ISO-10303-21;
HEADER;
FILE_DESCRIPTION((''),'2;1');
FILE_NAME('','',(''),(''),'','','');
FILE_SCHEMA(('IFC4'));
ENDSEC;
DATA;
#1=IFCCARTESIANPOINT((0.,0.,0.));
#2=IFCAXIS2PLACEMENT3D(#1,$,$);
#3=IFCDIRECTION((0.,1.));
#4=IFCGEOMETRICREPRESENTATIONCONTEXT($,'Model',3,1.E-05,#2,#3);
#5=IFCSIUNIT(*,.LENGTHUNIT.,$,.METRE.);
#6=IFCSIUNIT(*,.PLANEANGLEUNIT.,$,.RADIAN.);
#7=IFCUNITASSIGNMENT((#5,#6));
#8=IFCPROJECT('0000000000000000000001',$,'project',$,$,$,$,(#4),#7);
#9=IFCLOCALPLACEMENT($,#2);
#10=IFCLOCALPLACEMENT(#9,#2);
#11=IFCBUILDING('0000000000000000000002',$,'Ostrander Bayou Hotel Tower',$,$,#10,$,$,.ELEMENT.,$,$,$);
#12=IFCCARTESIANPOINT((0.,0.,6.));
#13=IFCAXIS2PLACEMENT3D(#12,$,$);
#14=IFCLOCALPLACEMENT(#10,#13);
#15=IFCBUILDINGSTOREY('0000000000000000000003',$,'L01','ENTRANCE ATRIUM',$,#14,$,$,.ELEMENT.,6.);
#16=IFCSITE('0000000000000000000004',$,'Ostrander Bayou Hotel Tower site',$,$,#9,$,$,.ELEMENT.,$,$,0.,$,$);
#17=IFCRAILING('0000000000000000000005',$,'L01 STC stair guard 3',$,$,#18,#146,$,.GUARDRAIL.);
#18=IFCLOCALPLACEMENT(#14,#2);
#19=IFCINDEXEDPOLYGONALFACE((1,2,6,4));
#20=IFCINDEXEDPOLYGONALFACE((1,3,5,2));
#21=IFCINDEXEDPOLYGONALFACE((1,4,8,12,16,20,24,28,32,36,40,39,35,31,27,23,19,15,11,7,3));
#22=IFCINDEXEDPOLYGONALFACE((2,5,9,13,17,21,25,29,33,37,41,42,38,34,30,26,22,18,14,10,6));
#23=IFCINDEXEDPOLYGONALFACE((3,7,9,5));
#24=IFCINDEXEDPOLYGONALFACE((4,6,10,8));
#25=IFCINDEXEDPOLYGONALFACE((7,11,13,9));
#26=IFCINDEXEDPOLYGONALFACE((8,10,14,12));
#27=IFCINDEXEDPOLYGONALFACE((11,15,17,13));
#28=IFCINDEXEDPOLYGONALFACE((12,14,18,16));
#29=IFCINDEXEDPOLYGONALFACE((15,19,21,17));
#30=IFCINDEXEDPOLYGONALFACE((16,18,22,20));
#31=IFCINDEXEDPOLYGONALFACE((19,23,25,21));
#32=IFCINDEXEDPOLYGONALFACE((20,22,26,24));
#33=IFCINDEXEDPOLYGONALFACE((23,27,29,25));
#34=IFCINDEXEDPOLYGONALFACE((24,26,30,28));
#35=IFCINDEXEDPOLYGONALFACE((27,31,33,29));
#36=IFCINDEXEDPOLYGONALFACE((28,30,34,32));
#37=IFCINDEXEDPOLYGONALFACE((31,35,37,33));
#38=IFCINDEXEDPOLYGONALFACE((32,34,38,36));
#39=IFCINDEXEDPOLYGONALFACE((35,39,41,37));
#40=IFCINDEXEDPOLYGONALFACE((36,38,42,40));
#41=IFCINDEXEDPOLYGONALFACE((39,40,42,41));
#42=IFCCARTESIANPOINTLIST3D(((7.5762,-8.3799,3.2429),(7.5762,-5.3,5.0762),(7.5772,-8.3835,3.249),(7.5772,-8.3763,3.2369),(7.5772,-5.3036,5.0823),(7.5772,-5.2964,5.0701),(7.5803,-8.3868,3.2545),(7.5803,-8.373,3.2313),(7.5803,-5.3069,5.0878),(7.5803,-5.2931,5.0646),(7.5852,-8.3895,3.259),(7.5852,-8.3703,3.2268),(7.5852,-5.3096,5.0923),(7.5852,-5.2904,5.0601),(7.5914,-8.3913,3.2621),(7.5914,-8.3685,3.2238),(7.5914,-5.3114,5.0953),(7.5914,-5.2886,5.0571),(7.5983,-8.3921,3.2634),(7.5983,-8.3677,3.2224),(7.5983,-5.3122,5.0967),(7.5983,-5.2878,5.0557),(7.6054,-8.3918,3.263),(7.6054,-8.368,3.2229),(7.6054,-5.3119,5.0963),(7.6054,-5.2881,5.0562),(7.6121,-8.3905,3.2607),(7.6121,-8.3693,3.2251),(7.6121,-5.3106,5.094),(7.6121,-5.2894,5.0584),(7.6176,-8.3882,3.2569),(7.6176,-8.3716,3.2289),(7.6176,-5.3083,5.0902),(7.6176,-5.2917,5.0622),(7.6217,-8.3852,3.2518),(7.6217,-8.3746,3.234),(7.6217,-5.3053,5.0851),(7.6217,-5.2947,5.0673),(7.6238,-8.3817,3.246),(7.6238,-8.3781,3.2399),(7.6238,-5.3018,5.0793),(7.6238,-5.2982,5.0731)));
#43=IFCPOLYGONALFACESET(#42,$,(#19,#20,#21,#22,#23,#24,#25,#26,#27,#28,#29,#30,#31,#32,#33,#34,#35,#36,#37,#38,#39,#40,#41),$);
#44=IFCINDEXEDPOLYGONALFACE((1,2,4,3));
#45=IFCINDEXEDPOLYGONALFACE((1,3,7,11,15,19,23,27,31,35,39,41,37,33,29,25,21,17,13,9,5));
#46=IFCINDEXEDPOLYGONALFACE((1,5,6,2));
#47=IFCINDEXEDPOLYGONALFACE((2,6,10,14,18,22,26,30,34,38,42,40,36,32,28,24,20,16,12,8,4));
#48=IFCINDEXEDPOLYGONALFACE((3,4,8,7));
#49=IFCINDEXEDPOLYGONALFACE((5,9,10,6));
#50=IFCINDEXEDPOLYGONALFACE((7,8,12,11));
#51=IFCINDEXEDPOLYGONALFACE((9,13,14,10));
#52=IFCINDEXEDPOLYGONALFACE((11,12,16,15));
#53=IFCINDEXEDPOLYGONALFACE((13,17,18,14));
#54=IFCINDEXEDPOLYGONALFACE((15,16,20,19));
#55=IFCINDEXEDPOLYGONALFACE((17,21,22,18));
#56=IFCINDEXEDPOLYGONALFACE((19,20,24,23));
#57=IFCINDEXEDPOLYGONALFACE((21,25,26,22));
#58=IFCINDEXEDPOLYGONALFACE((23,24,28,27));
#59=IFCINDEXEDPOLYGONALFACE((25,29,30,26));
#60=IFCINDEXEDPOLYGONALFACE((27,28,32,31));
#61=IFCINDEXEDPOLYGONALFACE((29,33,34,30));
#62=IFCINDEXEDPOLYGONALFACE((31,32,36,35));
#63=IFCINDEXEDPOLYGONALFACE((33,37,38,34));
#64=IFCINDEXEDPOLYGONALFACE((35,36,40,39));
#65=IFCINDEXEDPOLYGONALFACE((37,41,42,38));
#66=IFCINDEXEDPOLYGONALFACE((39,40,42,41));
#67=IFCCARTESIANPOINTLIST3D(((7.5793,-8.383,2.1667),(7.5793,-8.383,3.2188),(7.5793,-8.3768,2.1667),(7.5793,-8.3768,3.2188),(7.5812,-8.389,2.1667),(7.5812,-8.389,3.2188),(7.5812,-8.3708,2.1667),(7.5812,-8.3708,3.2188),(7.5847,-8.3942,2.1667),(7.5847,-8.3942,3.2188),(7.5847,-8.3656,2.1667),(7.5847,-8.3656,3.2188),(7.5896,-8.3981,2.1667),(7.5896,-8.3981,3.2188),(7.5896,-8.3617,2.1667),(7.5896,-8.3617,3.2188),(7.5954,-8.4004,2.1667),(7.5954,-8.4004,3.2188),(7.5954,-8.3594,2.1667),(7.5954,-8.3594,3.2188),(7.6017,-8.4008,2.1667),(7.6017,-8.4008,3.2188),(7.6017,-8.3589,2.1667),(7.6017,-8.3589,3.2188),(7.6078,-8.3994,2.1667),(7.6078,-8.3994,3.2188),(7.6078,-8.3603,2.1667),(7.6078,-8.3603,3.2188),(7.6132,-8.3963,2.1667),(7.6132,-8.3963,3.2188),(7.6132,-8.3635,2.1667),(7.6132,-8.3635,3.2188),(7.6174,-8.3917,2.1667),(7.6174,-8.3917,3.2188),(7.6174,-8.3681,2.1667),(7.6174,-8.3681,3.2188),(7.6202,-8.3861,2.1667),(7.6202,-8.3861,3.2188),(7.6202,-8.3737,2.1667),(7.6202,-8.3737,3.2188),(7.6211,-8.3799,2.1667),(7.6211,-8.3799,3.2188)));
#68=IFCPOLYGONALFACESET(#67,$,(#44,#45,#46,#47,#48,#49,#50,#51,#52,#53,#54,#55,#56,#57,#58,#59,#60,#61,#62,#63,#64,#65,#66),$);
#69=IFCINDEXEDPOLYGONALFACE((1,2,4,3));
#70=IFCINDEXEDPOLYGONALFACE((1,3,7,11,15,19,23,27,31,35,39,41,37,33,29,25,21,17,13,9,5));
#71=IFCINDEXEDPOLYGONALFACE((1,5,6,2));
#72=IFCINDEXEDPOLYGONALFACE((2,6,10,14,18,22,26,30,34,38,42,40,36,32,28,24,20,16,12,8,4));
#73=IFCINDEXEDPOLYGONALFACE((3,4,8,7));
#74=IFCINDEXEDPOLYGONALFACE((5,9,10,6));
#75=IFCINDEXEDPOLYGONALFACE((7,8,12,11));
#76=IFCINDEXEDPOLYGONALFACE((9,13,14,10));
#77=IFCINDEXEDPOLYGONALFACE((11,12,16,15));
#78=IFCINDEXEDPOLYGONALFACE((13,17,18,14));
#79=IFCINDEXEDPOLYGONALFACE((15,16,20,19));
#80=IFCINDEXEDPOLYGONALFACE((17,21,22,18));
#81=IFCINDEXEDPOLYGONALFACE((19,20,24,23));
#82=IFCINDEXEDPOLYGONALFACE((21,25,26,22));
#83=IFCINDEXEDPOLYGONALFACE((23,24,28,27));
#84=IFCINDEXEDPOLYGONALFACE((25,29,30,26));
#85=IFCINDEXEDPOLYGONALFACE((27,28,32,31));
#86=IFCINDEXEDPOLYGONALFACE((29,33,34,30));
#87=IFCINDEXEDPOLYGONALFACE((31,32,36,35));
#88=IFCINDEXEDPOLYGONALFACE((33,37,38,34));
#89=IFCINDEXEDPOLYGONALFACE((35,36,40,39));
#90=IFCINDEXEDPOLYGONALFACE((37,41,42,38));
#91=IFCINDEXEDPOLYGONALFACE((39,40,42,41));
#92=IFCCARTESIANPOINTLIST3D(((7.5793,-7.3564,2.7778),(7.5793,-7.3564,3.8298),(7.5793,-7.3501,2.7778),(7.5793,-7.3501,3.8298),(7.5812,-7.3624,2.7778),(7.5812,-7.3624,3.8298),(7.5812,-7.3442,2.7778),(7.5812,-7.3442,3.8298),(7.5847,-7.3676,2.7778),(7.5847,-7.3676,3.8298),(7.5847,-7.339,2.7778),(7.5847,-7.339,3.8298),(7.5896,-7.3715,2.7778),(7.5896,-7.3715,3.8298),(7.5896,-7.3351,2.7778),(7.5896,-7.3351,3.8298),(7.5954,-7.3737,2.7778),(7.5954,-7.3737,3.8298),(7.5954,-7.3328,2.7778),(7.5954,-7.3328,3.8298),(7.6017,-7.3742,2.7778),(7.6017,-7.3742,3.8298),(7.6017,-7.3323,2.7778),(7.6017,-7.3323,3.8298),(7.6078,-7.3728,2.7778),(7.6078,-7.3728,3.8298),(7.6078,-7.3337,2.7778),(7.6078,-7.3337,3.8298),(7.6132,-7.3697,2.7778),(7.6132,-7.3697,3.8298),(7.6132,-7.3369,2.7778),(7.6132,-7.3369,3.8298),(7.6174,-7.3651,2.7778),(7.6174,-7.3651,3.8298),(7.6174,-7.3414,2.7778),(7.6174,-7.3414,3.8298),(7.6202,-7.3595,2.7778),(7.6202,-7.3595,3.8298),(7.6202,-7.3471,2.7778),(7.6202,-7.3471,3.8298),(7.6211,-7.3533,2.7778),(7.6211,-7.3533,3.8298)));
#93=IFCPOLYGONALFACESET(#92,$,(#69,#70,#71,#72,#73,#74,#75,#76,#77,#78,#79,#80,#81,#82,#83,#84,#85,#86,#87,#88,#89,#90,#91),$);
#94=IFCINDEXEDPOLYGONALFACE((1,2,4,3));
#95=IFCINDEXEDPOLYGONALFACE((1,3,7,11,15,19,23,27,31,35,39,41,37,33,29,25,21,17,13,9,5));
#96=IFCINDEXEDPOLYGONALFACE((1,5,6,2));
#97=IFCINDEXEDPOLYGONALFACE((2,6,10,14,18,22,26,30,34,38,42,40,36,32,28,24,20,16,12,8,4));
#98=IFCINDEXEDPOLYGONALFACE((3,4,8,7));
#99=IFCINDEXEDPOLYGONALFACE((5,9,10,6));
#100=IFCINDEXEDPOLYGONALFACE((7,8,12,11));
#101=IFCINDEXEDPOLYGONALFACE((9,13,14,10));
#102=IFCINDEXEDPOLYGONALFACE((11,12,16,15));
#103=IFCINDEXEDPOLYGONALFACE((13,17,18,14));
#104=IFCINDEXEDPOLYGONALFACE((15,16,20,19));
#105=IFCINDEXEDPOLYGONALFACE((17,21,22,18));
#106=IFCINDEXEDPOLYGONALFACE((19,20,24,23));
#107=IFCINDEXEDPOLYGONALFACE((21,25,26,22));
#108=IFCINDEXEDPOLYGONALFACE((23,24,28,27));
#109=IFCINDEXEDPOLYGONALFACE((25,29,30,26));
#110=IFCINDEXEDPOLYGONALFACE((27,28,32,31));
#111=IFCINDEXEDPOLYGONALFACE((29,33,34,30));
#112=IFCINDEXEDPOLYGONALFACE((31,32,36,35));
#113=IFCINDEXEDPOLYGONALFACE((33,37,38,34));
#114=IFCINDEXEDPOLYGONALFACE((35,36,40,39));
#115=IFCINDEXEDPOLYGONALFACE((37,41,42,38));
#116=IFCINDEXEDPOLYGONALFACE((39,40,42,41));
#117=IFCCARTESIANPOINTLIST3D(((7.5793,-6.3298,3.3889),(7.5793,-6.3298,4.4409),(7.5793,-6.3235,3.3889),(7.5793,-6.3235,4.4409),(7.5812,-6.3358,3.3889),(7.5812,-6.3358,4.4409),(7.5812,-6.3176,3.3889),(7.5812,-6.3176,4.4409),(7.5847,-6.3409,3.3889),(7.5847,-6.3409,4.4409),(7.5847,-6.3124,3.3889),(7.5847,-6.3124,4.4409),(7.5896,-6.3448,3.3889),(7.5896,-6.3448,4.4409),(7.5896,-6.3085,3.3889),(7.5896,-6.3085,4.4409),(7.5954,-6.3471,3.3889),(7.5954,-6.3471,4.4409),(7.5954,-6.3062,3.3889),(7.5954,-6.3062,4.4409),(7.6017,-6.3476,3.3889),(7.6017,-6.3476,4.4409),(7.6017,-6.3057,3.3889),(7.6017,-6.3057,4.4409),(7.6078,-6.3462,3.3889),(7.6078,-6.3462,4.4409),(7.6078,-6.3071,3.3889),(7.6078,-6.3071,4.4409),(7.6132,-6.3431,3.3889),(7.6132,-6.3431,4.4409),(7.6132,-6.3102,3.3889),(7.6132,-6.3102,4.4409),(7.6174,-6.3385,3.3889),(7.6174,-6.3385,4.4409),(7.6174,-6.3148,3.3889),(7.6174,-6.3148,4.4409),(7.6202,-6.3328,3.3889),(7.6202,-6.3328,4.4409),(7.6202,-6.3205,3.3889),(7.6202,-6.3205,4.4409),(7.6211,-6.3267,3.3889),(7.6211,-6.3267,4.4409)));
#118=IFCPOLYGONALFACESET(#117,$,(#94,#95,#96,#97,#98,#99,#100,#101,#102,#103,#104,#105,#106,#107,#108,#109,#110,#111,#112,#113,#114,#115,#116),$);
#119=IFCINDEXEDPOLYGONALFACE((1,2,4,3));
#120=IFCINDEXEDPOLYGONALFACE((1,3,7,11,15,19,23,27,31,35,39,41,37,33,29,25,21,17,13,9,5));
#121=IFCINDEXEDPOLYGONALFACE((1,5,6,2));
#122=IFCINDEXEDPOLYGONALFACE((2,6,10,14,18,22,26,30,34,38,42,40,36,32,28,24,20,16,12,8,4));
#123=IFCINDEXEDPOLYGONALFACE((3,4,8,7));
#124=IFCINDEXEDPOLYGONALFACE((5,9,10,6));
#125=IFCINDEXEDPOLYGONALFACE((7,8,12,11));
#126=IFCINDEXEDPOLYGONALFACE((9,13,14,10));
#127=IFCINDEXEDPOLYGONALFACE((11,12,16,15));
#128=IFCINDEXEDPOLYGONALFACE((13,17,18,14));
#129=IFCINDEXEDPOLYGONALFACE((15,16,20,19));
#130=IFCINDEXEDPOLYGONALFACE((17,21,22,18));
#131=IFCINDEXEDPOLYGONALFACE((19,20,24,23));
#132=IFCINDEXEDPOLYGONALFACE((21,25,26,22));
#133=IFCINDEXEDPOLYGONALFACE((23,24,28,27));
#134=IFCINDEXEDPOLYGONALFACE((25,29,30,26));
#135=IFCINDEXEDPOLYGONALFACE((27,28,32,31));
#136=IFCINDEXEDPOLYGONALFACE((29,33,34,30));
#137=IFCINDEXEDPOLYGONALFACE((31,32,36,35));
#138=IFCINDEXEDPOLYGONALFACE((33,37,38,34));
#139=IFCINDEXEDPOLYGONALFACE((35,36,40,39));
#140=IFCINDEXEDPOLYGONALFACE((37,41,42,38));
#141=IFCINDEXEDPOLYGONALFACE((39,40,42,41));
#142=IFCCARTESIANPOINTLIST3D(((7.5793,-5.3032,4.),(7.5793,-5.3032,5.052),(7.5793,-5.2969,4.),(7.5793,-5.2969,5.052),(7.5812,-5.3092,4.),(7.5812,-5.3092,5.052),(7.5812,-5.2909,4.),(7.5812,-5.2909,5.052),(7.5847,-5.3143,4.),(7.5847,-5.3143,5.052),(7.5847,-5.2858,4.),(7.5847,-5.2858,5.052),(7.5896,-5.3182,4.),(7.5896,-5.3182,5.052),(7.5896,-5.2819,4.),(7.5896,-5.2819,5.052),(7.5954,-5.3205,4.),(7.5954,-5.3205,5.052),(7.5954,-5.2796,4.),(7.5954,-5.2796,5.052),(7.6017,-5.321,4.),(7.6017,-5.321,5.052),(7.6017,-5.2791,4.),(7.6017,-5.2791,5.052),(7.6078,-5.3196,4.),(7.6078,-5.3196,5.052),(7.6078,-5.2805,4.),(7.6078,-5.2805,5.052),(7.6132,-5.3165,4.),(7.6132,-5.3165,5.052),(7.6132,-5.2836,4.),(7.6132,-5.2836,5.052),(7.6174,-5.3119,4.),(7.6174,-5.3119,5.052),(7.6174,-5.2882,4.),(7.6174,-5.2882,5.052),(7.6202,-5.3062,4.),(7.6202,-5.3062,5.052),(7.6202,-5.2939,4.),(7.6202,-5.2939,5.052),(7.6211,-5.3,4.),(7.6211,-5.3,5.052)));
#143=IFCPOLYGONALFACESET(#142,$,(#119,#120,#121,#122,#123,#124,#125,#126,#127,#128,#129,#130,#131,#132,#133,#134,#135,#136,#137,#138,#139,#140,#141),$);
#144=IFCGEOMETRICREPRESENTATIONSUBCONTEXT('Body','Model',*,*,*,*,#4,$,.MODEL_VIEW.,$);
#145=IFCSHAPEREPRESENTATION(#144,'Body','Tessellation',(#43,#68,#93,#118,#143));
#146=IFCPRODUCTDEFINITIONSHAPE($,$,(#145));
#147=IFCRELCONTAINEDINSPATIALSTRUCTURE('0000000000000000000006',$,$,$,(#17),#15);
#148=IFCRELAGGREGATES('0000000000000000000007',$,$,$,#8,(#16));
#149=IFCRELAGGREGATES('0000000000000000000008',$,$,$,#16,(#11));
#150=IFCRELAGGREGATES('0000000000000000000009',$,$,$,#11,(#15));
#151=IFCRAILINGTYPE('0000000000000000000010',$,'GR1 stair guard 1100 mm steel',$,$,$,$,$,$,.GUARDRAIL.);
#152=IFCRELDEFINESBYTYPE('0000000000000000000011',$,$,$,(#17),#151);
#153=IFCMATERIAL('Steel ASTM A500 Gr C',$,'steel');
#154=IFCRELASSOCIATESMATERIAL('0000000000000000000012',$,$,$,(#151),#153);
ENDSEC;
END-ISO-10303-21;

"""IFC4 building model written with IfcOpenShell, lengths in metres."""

from ifc_helpers import new_model, si_unit, direction, frame, origin, origin_2d, place, context, subcontext, project, spatial, circle, extrude, material, type_object, element, save


model = new_model("IFC4")

# Units and contexts
model_context = context("Model", 3, precision=1e-05, world=origin(), true_north=direction((0.0, 1.0)))
body_context = subcontext(model_context, "Body", "Model", "MODEL_VIEW")
ifc_project = project(units=[si_unit("LENGTHUNIT", "METRE"), si_unit("PLANEANGLEUNIT", "RADIAN")], contexts=[model_context])

# Site, building, storey
site_placement = place(None, origin())
site = spatial("IfcSite", under=ifc_project, at=site_placement, Name="Ostrander Bayou Hotel Tower site", CompositionType="ELEMENT", RefElevation=0.0)
building_placement = place(site_placement, origin())
building = spatial("IfcBuilding", under=site, at=building_placement, Name="Ostrander Bayou Hotel Tower", CompositionType="ELEMENT")
storey_placement = place(building_placement, frame((0.0, 0.0, 6.0)))
storey = spatial("IfcBuildingStorey", under=building, at=storey_placement, Name="L01", Description="ENTRANCE ATRIUM", CompositionType="ELEMENT", Elevation=6.0)

# Railing
ifc_material_1 = material(Name="Steel ASTM A500 Gr C", Category="steel")
railing_type_1 = type_object("IfcRailingType", Name="GR1 stair guard 1100 mm steel", PredefinedType="GUARDRAIL", material=ifc_material_1)
railing_1_placement = place(storey_placement, frame((7.6001, -8.3799, 2.1667)))
element("IfcRailing", 1, at=railing_1_placement, inside=storey, type_object=railing_type_1, Name="L01 STC stair guard 3", PredefinedType="GUARDRAIL", context=body_context, shape_type="SweptSolid", body=[
    extrude(circle(Radius=0.0239, at=origin_2d()), frame((0.0, 0.0, 1.0762), z_axis=(0.0, 0.859291, 0.511487), x_axis=(-1.0, 0.0, 0.0)), (0.0, 0.0, 1.0), 3.5842),
    extrude(circle(Radius=0.021, at=origin_2d()), origin(), (0.0, 0.0, 1.0), 1.052),
    extrude(circle(Radius=0.021, at=origin_2d()), frame((0.0, 1.0266, 0.6111)), (0.0, 0.0, 1.0), 1.052),
    extrude(circle(Radius=0.021, at=origin_2d()), frame((0.0, 2.0532, 1.2222)), (0.0, 0.0, 1.0), 1.052),
    extrude(circle(Radius=0.021, at=origin_2d()), frame((0.0, 3.0798, 1.8333)), (0.0, 0.0, 1.0), 1.052),
])

save(model, "model.ifc")
